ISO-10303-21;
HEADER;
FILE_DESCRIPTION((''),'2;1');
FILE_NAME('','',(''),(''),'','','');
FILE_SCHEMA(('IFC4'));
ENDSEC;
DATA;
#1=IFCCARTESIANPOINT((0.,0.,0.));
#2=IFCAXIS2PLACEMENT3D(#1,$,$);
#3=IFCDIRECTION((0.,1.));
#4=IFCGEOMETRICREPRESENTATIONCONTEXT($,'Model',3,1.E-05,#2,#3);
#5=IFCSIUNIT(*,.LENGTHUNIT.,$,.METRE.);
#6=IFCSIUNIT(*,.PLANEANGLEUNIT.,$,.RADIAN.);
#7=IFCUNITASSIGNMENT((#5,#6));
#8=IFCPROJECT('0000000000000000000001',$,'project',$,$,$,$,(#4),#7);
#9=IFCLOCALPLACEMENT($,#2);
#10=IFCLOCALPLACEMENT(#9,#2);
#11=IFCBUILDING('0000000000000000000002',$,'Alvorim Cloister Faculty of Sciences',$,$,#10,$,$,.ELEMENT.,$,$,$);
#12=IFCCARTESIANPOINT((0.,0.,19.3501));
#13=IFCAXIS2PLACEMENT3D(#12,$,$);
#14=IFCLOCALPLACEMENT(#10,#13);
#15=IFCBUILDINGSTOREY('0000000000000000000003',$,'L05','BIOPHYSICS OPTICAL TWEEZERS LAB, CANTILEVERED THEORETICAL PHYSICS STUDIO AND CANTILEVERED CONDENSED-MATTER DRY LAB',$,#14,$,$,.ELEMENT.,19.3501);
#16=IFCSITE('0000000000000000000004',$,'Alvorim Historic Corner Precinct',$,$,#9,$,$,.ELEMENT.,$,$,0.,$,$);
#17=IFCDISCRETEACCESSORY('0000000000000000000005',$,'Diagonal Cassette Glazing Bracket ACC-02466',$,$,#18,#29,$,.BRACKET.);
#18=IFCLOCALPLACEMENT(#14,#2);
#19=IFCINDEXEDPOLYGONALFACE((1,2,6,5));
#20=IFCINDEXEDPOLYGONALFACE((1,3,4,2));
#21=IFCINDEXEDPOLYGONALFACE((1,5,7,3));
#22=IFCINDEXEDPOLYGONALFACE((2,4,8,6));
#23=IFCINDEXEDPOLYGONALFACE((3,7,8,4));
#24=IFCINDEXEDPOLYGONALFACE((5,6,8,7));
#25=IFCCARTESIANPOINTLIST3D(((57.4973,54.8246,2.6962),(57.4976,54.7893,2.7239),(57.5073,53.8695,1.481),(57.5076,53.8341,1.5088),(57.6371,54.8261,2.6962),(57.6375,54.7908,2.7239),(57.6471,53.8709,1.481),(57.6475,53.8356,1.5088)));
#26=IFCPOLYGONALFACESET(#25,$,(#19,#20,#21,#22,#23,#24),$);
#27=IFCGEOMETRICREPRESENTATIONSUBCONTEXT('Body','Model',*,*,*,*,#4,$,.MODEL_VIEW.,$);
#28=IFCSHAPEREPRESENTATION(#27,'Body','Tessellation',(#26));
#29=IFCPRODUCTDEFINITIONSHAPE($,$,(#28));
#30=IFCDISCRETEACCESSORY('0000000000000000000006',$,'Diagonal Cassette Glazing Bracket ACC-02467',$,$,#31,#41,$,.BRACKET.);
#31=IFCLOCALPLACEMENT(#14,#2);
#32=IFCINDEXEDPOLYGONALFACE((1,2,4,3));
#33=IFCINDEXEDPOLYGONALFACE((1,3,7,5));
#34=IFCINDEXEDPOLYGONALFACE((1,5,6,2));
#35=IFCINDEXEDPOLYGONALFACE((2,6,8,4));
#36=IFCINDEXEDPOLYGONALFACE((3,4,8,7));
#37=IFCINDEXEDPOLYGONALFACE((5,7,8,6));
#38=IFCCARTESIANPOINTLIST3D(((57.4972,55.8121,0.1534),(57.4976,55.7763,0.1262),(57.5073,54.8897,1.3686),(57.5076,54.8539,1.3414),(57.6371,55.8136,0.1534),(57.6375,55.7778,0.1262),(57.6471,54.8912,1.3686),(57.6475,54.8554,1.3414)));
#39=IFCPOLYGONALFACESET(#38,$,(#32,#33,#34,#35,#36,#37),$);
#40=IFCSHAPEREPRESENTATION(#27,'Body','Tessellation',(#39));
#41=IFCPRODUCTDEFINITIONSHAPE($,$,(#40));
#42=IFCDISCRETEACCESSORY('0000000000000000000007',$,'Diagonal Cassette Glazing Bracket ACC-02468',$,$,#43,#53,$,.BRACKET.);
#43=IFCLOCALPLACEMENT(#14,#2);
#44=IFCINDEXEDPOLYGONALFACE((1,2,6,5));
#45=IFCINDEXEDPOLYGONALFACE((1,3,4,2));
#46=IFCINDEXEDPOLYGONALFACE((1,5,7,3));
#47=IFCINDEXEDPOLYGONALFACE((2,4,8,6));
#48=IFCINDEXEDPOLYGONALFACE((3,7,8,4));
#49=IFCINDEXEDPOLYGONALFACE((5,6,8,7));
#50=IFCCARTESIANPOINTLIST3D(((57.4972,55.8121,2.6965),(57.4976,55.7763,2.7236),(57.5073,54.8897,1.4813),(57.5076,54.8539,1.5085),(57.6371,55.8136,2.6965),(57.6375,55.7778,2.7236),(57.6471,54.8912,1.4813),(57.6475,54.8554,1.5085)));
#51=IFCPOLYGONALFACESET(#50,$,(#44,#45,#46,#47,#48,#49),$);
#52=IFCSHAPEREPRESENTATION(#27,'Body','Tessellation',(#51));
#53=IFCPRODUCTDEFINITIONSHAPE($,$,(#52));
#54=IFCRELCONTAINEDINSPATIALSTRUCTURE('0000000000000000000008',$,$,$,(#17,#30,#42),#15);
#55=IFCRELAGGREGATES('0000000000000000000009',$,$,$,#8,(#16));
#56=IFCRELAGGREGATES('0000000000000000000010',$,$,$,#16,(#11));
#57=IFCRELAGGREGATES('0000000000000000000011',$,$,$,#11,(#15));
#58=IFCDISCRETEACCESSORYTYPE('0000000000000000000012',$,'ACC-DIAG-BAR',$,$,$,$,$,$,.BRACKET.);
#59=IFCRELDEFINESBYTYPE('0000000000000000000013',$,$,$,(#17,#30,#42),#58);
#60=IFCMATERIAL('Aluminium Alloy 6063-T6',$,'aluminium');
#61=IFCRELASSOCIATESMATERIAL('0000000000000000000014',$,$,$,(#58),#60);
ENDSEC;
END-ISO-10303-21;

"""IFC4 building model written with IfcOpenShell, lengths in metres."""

from ifc_helpers import new_model, si_unit, direction, frame, origin, origin_2d, place, context, subcontext, project, spatial, rectangle, extrude, material, type_object, element, save


model = new_model("IFC4")

# Units and contexts
model_context = context("Model", 3, precision=1e-05, world=origin(), true_north=direction((0.0, 1.0)))
body_context = subcontext(model_context, "Body", "Model", "MODEL_VIEW")
ifc_project = project(units=[si_unit("LENGTHUNIT", "METRE"), si_unit("PLANEANGLEUNIT", "RADIAN")], contexts=[model_context])

# Site, building, storey
site_placement = place(None, origin())
site = spatial("IfcSite", under=ifc_project, at=site_placement, Name="Alvorim Historic Corner Precinct", CompositionType="ELEMENT", RefElevation=0.0)
building_placement = place(site_placement, origin())
building = spatial("IfcBuilding", under=site, at=building_placement, Name="Alvorim Cloister Faculty of Sciences", CompositionType="ELEMENT")
storey_placement = place(building_placement, frame((0.0, 0.0, 19.3501)))
storey = spatial("IfcBuildingStorey", under=building, at=storey_placement, Name="L05", Description="BIOPHYSICS OPTICAL TWEEZERS LAB, CANTILEVERED THEORETICAL PHYSICS STUDIO AND CANTILEVERED CONDENSED-MATTER DRY LAB", CompositionType="ELEMENT", Elevation=19.3501)

# Discrete accessories
ifc_material_1 = material(Name="Aluminium Alloy 6063-T6", Category="aluminium")
discrete_accessory_type = type_object("IfcDiscreteAccessoryType", Name="ACC-DIAG-BAR", PredefinedType="BRACKET", material=ifc_material_1)
for number, where, z_axis, x_axis, name in (
    (1, (57.5774, 53.8525, 1.4949), (-0.006477, 0.617955, 0.786187), (-0.999945, -0.01048, 0.0), "Diagonal Cassette Glazing Bracket ACC-02466"),
):
    element("IfcDiscreteAccessory", number, at=place(storey_placement, frame(where, z_axis=z_axis, x_axis=x_axis)), inside=storey, type_object=discrete_accessory_type, Name=name, PredefinedType="BRACKET", context=body_context, shape_type="SweptSolid", body=[
        extrude(rectangle(XDim=0.1399, YDim=0.0449, at=origin_2d()), origin(), (0.0, 0.0, 1.0), 1.5457),
    ])
for number, where, z_axis, x_axis, name in (
    (2, (57.5774, 54.8726, 1.355), (-0.006561, 0.604612, -0.796493), (-0.999941, -0.010852, 0.0), "Diagonal Cassette Glazing Bracket ACC-02467"),
    (3, (57.5774, 54.8726, 1.4949), (-0.006561, 0.604612, 0.796493), (-0.999941, -0.010852, 0.0), "Diagonal Cassette Glazing Bracket ACC-02468"),
):
    element("IfcDiscreteAccessory", number, at=place(storey_placement, frame(where, z_axis=z_axis, x_axis=x_axis)), inside=storey, type_object=discrete_accessory_type, Name=name, PredefinedType="BRACKET", context=body_context, shape_type="SweptSolid", body=[
        extrude(rectangle(XDim=0.1399, YDim=0.0449, at=origin_2d()), origin(), (0.0, 0.0, 1.0), 1.5256),
    ])

save(model, "model.ifc")
